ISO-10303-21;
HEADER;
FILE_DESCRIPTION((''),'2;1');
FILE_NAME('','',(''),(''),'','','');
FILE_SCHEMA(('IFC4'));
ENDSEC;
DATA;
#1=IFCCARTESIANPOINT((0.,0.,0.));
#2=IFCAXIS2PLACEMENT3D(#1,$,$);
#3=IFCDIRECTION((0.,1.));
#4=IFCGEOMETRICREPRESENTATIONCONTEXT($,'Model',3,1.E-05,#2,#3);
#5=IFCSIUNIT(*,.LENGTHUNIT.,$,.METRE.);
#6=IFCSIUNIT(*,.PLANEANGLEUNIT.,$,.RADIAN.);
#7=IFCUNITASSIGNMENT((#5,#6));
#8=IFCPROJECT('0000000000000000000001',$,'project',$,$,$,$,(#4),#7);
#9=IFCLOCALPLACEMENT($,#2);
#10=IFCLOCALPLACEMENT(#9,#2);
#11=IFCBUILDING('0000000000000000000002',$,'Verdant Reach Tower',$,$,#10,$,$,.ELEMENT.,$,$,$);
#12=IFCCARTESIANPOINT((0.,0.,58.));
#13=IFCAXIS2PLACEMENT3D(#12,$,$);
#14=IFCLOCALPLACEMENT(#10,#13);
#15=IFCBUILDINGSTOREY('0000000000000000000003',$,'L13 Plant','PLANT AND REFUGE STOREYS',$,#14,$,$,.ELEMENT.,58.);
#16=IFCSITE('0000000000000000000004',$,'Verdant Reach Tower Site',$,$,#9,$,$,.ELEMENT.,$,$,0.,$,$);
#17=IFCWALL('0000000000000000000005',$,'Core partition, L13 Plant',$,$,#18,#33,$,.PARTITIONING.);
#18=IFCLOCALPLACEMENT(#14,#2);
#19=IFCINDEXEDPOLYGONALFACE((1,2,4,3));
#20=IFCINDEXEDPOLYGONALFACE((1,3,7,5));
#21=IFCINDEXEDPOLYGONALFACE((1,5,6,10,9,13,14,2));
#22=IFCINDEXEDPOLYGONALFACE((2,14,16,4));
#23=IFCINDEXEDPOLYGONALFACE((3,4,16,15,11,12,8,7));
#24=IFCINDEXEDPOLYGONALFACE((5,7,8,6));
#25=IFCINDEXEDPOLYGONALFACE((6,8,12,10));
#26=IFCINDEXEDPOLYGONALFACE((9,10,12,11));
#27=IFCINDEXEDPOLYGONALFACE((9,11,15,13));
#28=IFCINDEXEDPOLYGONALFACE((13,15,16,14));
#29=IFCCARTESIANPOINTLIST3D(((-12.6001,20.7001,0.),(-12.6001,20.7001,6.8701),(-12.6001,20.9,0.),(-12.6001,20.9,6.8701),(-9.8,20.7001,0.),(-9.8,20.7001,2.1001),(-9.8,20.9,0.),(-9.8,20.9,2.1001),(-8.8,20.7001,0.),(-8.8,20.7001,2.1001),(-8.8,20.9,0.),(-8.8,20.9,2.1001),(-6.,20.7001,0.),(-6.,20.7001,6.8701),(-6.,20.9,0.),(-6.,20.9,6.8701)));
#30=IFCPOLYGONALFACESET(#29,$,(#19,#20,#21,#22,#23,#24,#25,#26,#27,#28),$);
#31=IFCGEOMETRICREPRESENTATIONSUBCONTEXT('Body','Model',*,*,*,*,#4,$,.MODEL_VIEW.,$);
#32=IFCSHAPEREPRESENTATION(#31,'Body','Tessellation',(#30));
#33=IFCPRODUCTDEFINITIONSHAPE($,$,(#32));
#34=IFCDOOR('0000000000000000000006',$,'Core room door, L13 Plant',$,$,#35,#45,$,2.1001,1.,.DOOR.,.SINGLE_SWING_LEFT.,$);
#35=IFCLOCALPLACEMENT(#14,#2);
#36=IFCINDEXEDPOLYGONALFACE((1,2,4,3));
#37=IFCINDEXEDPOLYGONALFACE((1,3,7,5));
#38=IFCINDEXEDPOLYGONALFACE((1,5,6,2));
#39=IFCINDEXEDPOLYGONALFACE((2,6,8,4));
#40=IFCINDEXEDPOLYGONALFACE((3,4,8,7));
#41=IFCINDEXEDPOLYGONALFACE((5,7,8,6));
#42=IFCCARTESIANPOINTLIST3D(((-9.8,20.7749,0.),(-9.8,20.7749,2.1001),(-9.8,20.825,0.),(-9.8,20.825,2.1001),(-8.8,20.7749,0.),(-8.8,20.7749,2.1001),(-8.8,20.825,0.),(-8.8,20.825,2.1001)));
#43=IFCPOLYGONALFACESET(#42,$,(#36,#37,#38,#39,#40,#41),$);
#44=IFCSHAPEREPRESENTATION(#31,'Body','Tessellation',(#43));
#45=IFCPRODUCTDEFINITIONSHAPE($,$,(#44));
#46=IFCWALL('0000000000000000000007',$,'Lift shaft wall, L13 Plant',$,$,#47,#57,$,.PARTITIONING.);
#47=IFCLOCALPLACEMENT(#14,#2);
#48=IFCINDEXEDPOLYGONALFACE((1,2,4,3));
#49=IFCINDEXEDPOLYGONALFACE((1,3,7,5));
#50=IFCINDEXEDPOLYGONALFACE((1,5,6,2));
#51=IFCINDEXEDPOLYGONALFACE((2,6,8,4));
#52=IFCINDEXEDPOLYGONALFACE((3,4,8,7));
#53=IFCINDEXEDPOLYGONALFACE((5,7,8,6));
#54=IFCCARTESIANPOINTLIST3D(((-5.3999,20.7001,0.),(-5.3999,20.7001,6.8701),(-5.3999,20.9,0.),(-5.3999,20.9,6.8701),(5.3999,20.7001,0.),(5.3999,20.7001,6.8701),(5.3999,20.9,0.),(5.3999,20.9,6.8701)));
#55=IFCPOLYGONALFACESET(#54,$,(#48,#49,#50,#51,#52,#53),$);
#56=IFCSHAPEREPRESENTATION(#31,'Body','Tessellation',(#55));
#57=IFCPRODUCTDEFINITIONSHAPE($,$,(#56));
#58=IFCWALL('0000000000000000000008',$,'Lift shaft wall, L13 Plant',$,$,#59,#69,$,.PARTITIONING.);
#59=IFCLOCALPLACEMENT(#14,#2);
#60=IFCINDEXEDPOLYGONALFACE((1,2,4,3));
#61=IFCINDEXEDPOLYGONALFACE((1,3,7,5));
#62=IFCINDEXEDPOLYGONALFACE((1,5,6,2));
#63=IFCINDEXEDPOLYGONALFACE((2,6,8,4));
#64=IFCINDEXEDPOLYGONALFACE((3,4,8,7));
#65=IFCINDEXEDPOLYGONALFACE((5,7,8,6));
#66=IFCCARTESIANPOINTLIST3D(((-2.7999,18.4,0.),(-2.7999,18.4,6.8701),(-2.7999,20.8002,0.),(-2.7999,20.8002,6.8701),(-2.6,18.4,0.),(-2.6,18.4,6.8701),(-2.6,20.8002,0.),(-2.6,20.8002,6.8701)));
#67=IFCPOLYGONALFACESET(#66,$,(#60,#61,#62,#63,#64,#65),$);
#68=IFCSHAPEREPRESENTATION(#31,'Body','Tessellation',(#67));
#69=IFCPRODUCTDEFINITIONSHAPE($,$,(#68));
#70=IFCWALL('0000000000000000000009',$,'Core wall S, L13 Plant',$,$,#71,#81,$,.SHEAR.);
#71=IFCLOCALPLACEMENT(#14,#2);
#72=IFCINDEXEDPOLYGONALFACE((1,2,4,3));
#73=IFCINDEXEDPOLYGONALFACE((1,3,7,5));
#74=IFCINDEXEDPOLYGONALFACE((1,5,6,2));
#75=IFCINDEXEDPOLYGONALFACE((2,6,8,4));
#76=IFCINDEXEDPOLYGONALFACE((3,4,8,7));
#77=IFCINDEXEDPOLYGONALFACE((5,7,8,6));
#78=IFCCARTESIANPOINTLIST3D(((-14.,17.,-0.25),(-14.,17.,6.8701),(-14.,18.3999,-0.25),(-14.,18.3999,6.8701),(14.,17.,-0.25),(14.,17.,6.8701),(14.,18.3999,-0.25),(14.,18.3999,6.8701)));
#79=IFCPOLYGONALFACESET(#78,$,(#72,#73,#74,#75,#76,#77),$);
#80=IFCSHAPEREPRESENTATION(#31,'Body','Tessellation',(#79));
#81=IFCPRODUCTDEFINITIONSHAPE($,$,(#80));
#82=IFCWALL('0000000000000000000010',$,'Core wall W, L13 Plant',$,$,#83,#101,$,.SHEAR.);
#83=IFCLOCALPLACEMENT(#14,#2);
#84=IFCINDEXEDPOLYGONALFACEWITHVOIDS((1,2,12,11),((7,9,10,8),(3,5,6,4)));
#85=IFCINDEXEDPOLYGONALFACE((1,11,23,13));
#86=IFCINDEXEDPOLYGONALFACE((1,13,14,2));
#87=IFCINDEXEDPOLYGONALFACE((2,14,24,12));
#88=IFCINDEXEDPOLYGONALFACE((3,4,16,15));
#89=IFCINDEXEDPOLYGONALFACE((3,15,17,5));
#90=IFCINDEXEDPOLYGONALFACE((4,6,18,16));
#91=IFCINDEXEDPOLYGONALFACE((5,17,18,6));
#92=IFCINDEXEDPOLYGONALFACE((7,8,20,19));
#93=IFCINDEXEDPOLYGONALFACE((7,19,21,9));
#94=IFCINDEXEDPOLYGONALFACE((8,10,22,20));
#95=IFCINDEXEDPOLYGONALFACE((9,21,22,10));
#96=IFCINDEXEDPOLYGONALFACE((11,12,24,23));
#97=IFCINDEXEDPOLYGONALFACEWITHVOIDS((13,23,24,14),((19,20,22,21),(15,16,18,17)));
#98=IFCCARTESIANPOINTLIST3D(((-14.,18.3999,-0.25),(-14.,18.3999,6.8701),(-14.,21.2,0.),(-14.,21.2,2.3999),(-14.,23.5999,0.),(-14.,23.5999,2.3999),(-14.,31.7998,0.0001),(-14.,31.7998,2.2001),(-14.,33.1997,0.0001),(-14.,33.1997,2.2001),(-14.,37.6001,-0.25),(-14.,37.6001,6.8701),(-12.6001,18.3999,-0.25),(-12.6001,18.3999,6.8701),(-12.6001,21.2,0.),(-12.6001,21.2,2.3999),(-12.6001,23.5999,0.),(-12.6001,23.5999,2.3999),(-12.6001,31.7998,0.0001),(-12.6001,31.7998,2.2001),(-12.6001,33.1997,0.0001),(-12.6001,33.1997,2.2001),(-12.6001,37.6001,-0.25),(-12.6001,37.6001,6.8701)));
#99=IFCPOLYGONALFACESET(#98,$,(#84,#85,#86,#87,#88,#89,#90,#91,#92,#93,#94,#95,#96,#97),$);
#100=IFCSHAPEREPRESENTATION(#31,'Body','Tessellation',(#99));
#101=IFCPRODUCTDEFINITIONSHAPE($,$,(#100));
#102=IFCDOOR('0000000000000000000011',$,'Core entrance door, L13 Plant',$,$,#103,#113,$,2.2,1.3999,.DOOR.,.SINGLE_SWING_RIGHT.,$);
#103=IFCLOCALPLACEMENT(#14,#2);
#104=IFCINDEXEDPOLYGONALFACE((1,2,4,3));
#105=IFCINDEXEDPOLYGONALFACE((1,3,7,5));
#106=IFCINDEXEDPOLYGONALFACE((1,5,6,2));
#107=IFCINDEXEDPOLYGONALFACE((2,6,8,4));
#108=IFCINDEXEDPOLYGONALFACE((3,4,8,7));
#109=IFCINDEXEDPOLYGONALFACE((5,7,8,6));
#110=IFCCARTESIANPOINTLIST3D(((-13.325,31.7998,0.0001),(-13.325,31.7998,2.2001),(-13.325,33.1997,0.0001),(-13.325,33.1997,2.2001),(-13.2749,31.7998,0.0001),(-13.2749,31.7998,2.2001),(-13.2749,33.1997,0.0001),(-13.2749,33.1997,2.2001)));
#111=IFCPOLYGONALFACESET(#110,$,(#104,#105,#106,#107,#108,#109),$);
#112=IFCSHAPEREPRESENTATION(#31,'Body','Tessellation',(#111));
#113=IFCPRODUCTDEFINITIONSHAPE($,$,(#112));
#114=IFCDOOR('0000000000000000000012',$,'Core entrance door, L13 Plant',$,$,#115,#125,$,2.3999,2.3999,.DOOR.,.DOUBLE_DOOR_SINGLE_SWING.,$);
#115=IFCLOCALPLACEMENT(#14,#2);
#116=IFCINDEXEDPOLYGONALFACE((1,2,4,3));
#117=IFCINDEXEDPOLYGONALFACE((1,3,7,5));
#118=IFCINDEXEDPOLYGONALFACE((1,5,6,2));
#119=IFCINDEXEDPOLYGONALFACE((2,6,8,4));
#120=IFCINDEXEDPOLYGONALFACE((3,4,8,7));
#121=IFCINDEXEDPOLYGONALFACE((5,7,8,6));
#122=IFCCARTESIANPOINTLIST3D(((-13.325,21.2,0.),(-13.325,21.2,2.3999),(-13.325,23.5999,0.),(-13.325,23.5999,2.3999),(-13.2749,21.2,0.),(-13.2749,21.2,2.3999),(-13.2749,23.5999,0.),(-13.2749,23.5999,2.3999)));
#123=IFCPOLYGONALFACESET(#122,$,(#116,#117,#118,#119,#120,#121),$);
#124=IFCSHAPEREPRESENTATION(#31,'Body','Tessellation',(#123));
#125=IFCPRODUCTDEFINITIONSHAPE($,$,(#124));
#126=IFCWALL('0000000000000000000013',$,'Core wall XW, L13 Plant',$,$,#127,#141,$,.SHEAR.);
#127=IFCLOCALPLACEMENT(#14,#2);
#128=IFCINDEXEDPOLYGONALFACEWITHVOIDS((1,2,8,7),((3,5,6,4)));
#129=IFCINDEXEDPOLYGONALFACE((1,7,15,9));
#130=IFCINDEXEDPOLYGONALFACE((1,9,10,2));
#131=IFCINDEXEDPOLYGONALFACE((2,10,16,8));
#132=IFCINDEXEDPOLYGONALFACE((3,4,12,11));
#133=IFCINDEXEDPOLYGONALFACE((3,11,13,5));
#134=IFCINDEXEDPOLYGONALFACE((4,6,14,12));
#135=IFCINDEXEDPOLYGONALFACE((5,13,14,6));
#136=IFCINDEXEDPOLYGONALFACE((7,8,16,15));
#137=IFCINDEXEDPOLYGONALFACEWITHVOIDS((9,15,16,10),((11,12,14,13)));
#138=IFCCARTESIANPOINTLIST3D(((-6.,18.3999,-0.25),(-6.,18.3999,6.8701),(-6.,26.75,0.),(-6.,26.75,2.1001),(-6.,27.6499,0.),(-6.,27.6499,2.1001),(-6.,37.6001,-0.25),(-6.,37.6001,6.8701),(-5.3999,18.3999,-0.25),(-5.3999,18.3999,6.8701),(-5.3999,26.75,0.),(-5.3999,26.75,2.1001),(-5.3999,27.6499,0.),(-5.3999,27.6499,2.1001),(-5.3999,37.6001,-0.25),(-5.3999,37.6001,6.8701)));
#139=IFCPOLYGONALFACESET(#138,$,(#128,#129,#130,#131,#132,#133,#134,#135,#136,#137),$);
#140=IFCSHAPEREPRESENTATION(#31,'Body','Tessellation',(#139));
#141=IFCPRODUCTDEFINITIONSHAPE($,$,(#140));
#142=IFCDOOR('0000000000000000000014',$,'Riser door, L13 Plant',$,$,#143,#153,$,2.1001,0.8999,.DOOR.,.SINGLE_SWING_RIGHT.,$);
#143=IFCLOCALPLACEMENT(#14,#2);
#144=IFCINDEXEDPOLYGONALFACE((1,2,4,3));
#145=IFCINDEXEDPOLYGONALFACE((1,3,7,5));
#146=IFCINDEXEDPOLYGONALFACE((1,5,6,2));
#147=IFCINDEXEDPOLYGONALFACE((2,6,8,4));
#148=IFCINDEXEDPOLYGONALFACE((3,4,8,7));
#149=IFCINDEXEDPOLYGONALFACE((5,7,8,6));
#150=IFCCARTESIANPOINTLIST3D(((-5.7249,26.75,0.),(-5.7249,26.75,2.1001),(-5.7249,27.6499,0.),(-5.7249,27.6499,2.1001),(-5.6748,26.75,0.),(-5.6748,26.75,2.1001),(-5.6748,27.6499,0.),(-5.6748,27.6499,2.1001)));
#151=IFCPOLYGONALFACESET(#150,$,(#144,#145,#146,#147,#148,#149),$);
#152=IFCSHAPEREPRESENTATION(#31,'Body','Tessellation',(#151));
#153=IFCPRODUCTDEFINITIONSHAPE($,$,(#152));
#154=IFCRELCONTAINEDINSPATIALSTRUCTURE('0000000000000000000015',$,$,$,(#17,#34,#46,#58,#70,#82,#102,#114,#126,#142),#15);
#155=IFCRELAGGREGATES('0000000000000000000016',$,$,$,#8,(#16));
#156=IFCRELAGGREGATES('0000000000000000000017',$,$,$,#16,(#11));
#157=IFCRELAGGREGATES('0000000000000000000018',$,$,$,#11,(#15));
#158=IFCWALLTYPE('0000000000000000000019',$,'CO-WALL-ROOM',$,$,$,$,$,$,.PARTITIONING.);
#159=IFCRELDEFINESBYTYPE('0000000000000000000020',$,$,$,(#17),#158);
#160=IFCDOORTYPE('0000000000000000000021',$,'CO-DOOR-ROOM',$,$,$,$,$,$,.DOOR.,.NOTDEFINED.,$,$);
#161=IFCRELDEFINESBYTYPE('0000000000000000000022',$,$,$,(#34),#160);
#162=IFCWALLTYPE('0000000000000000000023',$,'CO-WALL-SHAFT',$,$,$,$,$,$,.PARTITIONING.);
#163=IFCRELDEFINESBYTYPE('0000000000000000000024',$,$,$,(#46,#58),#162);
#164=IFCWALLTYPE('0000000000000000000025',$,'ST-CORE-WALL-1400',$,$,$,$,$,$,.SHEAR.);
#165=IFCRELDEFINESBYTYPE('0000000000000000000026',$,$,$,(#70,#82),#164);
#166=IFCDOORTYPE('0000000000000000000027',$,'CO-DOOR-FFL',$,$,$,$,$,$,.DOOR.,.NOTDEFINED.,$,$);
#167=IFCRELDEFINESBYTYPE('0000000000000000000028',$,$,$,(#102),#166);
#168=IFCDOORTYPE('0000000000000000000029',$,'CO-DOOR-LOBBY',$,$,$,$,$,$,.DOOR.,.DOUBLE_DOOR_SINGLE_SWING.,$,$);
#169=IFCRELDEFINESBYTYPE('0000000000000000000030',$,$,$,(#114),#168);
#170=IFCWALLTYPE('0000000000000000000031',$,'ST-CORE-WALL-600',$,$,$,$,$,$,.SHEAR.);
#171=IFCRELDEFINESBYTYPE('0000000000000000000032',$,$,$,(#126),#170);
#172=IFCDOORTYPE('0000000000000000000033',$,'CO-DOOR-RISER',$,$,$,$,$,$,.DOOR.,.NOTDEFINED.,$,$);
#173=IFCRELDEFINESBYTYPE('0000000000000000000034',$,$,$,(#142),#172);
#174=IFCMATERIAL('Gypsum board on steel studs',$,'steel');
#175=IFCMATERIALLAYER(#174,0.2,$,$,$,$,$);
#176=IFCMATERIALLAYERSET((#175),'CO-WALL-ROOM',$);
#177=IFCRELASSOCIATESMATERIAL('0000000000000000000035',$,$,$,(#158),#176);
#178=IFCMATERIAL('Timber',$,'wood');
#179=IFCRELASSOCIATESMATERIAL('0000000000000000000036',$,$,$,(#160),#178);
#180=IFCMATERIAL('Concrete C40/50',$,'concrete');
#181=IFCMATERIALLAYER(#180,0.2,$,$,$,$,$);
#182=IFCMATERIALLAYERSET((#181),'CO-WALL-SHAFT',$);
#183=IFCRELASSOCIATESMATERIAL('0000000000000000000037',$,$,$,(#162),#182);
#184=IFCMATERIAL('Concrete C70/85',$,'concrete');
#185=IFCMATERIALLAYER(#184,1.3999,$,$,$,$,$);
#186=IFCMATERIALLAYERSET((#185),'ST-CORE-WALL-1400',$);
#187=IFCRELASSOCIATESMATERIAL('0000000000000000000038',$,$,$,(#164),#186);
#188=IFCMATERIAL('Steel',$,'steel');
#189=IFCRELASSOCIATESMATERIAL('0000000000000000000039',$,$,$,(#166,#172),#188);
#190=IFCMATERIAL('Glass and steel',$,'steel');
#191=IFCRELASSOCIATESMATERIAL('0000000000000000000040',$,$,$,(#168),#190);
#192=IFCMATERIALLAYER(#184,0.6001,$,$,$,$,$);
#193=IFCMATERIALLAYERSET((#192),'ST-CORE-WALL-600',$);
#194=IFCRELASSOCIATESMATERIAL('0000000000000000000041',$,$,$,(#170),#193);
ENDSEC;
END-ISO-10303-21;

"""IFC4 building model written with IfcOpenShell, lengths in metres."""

from ifc_helpers import new_model, si_unit, direction, frame, frame_2d, origin, place, context, subcontext, project, spatial, rectangle, extrude, material, layer, layer_set, type_object, element, fill, save


model = new_model("IFC4")

# Units and contexts
model_context = context("Model", 3, precision=1e-05, world=origin(), true_north=direction((0.0, 1.0)))
body_context = subcontext(model_context, "Body", "Model", "MODEL_VIEW")
ifc_project = project(units=[si_unit("LENGTHUNIT", "METRE"), si_unit("PLANEANGLEUNIT", "RADIAN")], contexts=[model_context])

# Site, building, storey
site_placement = place(None, origin())
site = spatial("IfcSite", under=ifc_project, at=site_placement, Name="Verdant Reach Tower Site", CompositionType="ELEMENT", RefElevation=0.0)
building_placement = place(site_placement, origin())
building = spatial("IfcBuilding", under=site, at=building_placement, Name="Verdant Reach Tower", CompositionType="ELEMENT")
storey_placement = place(building_placement, frame((0.0, 0.0, 58.0)))
storey = spatial("IfcBuildingStorey", under=building, at=storey_placement, Name="L13 Plant", Description="PLANT AND REFUGE STOREYS", CompositionType="ELEMENT", Elevation=58.0)

# Wall, opening, door
ifc_material_1 = material(Name="Gypsum board on steel studs", Category="steel")
ifc_layer_1 = layer(ifc_material_1, 0.2)
ifc_layer_set_1 = layer_set([ifc_layer_1], Name="CO-WALL-ROOM")
wall_type_1 = type_object("IfcWallType", Name="CO-WALL-ROOM", PredefinedType="PARTITIONING", material=ifc_layer_set_1)
wall_1_placement = place(storey_placement, frame((-12.6001, 20.8, 0.0), z_axis=(0.0, 0.0, 1.0), x_axis=(1.0, 0.0, 0.0)))
wall_1 = element("IfcWall", 1, at=wall_1_placement, inside=storey, type_object=wall_type_1, Name="Core partition, L13 Plant", PredefinedType="PARTITIONING", context=body_context, shape_type="SweptSolid", body=[
    extrude(rectangle(XDim=6.6001, YDim=0.2, at=frame_2d((3.3, 0.0))), origin(), (0.0, 0.0, 1.0), 6.8701),
])
opening_1_placement = place(wall_1_placement, frame((2.8, 0.0, 0.0)))
opening_1 = element("IfcOpeningElement", 2, at=opening_1_placement, cuts=wall_1, PredefinedType="OPENING", context=body_context, shape_type="SweptSolid", body=[
    extrude(rectangle(XDim=1.0, YDim=2.1001, at=frame_2d((0.5, 1.05))), frame((0.0, 0.1099, 0.0), z_axis=(0.0, -1.0, 0.0), x_axis=(1.0, 0.0, 0.0)), (0.0, 0.0, 1.0), 0.22),
])
ifc_material_2 = material(Name="Timber", Category="wood")
door_type_1 = type_object("IfcDoorType", Name="CO-DOOR-ROOM", OperationType="NOTDEFINED", PredefinedType="DOOR", material=ifc_material_2)
door_1_placement = place(opening_1_placement, origin())
door_1 = element("IfcDoor", 3, at=door_1_placement, inside=storey, type_object=door_type_1, Name="Core room door, L13 Plant", OperationType="SINGLE_SWING_LEFT", OverallHeight=2.1001, OverallWidth=1.0, PredefinedType="DOOR", context=body_context, shape_type="SweptSolid", body=[
    extrude(rectangle(XDim=1.0, YDim=2.1001, at=frame_2d((0.5, 1.05))), frame((0.0, 0.0249, 0.0), z_axis=(0.0, -1.0, 0.0), x_axis=(1.0, 0.0, 0.0)), (0.0, 0.0, 1.0), 0.05),
])
fill(opening_1, door_1)

# Walls
ifc_material_3 = material(Name="Concrete C40/50", Category="concrete")
ifc_layer_2 = layer(ifc_material_3, 0.2)
ifc_layer_set_2 = layer_set([ifc_layer_2], Name="CO-WALL-SHAFT")
wall_type_2 = type_object("IfcWallType", Name="CO-WALL-SHAFT", PredefinedType="PARTITIONING", material=ifc_layer_set_2)
wall_2_placement = place(storey_placement, frame((-5.3999, 20.8, 0.0), z_axis=(0.0, 0.0, 1.0), x_axis=(1.0, 0.0, 0.0)))
element("IfcWall", 4, at=wall_2_placement, inside=storey, type_object=wall_type_2, Name="Lift shaft wall, L13 Plant", PredefinedType="PARTITIONING", context=body_context, shape_type="SweptSolid", body=[
    extrude(rectangle(XDim=10.7998, YDim=0.2, at=frame_2d((5.3999, 0.0))), origin(), (0.0, 0.0, 1.0), 6.8701),
])
wall_3_placement = place(storey_placement, frame((-2.7, 18.3999, 0.0), z_axis=(0.0, 0.0, 1.0), x_axis=(0.0, 1.0, 0.0)))
element("IfcWall", 5, at=wall_3_placement, inside=storey, type_object=wall_type_2, Name="Lift shaft wall, L13 Plant", PredefinedType="PARTITIONING", context=body_context, shape_type="SweptSolid", body=[
    extrude(rectangle(XDim=2.4001, YDim=0.2, at=frame_2d((1.2002, 0.0))), origin(), (0.0, 0.0, 1.0), 6.8701),
])
ifc_material_4 = material(Name="Concrete C70/85", Category="concrete")
ifc_layer_3 = layer(ifc_material_4, 1.3999)
ifc_layer_set_3 = layer_set([ifc_layer_3], Name="ST-CORE-WALL-1400")
wall_type_3 = type_object("IfcWallType", Name="ST-CORE-WALL-1400", PredefinedType="SHEAR", material=ifc_layer_set_3)
wall_4_placement = place(storey_placement, frame((-14.0, 17.7, -0.25), z_axis=(0.0, 0.0, 1.0), x_axis=(1.0, 0.0, 0.0)))
element("IfcWall", 6, at=wall_4_placement, inside=storey, type_object=wall_type_3, Name="Core wall S, L13 Plant", PredefinedType="SHEAR", context=body_context, shape_type="SweptSolid", body=[
    extrude(rectangle(XDim=28.0, YDim=1.3999, at=frame_2d((14.0, 0.0))), origin(), (0.0, 0.0, 1.0), 7.1201),
])

# Wall, openings, doors
wall_5_placement = place(storey_placement, frame((-13.3, 18.3999, -0.25), z_axis=(0.0, 0.0, 1.0), x_axis=(0.0, 1.0, 0.0)))
wall_5 = element("IfcWall", 7, at=wall_5_placement, inside=storey, type_object=wall_type_3, Name="Core wall W, L13 Plant", PredefinedType="SHEAR", context=body_context, shape_type="SweptSolid", body=[
    extrude(rectangle(XDim=19.2002, YDim=1.3999, at=frame_2d((9.6001, 0.0))), origin(), (0.0, 0.0, 1.0), 7.1201),
])
opening_2_placement = place(wall_5_placement, frame((2.8, 0.0, 0.25)))
opening_2 = element("IfcOpeningElement", 8, at=opening_2_placement, cuts=wall_5, PredefinedType="OPENING", context=body_context, shape_type="SweptSolid", body=[
    extrude(rectangle(XDim=2.3999, YDim=2.3999, at=frame_2d((1.2, 1.2))), frame((0.0, 0.71, 0.0), z_axis=(0.0, -1.0, 0.0), x_axis=(1.0, 0.0, 0.0)), (0.0, 0.0, 1.0), 1.4199),
])
opening_3_placement = place(wall_5_placement, frame((13.3999, 0.0, 0.25)))
opening_3 = element("IfcOpeningElement", 9, at=opening_3_placement, cuts=wall_5, PredefinedType="OPENING", context=body_context, shape_type="SweptSolid", body=[
    extrude(rectangle(XDim=1.3999, YDim=2.2, at=frame_2d((0.7, 1.1001))), frame((0.0, 0.71, 0.0), z_axis=(0.0, -1.0, 0.0), x_axis=(1.0, 0.0, 0.0)), (0.0, 0.0, 1.0), 1.4199),
])
ifc_material_5 = material(Name="Steel", Category="steel")
door_type_2 = type_object("IfcDoorType", Name="CO-DOOR-FFL", OperationType="NOTDEFINED", PredefinedType="DOOR", material=ifc_material_5)
door_2_placement = place(opening_3_placement, origin())
door_2 = element("IfcDoor", 10, at=door_2_placement, inside=storey, type_object=door_type_2, Name="Core entrance door, L13 Plant", OperationType="SINGLE_SWING_RIGHT", OverallHeight=2.2, OverallWidth=1.3999, PredefinedType="DOOR", context=body_context, shape_type="SweptSolid", body=[
    extrude(rectangle(XDim=1.3999, YDim=2.2, at=frame_2d((0.7, 1.1001))), frame((0.0, 0.0249, 0.0), z_axis=(0.0, -1.0, 0.0), x_axis=(1.0, 0.0, 0.0)), (0.0, 0.0, 1.0), 0.05),
])
fill(opening_3, door_2)
ifc_material_6 = material(Name="Glass and steel", Category="steel")
door_type_3 = type_object("IfcDoorType", Name="CO-DOOR-LOBBY", OperationType="DOUBLE_DOOR_SINGLE_SWING", PredefinedType="DOOR", material=ifc_material_6)
door_3_placement = place(opening_2_placement, origin())
door_3 = element("IfcDoor", 11, at=door_3_placement, inside=storey, type_object=door_type_3, Name="Core entrance door, L13 Plant", OperationType="DOUBLE_DOOR_SINGLE_SWING", OverallHeight=2.3999, OverallWidth=2.3999, PredefinedType="DOOR", context=body_context, shape_type="SweptSolid", body=[
    extrude(rectangle(XDim=2.3999, YDim=2.3999, at=frame_2d((1.2, 1.2))), frame((0.0, 0.0249, 0.0), z_axis=(0.0, -1.0, 0.0), x_axis=(1.0, 0.0, 0.0)), (0.0, 0.0, 1.0), 0.05),
])
fill(opening_2, door_3)

# Wall, opening, door
ifc_layer_4 = layer(ifc_material_4, 0.6001)
ifc_layer_set_4 = layer_set([ifc_layer_4], Name="ST-CORE-WALL-600")
wall_type_4 = type_object("IfcWallType", Name="ST-CORE-WALL-600", PredefinedType="SHEAR", material=ifc_layer_set_4)
wall_6_placement = place(storey_placement, frame((-5.7, 18.3999, -0.25), z_axis=(0.0, 0.0, 1.0), x_axis=(0.0, 1.0, 0.0)))
wall_6 = element("IfcWall", 12, at=wall_6_placement, inside=storey, type_object=wall_type_4, Name="Core wall XW, L13 Plant", PredefinedType="SHEAR", context=body_context, shape_type="SweptSolid", body=[
    extrude(rectangle(XDim=19.2002, YDim=0.6001, at=frame_2d((9.6001, 0.0))), origin(), (0.0, 0.0, 1.0), 7.1201),
])
opening_4_placement = place(wall_6_placement, frame((8.3501, 0.0, 0.25)))
opening_4 = element("IfcOpeningElement", 13, at=opening_4_placement, cuts=wall_6, PredefinedType="OPENING", context=body_context, shape_type="SweptSolid", body=[
    extrude(rectangle(XDim=0.8999, YDim=2.1001, at=frame_2d((0.45, 1.05))), frame((0.0, 0.3101, 0.0), z_axis=(0.0, -1.0, 0.0), x_axis=(1.0, 0.0, 0.0)), (0.0, 0.0, 1.0), 0.6201),
])
door_type_4 = type_object("IfcDoorType", Name="CO-DOOR-RISER", OperationType="NOTDEFINED", PredefinedType="DOOR", material=ifc_material_5)
door_4_placement = place(opening_4_placement, origin())
door_4 = element("IfcDoor", 14, at=door_4_placement, inside=storey, type_object=door_type_4, Name="Riser door, L13 Plant", OperationType="SINGLE_SWING_RIGHT", OverallHeight=2.1001, OverallWidth=0.8999, PredefinedType="DOOR", context=body_context, shape_type="SweptSolid", body=[
    extrude(rectangle(XDim=0.8999, YDim=2.1001, at=frame_2d((0.45, 1.05))), frame((0.0, 0.0249, 0.0), z_axis=(0.0, -1.0, 0.0), x_axis=(1.0, 0.0, 0.0)), (0.0, 0.0, 1.0), 0.05),
])
fill(opening_4, door_4)

save(model, "model.ifc")
